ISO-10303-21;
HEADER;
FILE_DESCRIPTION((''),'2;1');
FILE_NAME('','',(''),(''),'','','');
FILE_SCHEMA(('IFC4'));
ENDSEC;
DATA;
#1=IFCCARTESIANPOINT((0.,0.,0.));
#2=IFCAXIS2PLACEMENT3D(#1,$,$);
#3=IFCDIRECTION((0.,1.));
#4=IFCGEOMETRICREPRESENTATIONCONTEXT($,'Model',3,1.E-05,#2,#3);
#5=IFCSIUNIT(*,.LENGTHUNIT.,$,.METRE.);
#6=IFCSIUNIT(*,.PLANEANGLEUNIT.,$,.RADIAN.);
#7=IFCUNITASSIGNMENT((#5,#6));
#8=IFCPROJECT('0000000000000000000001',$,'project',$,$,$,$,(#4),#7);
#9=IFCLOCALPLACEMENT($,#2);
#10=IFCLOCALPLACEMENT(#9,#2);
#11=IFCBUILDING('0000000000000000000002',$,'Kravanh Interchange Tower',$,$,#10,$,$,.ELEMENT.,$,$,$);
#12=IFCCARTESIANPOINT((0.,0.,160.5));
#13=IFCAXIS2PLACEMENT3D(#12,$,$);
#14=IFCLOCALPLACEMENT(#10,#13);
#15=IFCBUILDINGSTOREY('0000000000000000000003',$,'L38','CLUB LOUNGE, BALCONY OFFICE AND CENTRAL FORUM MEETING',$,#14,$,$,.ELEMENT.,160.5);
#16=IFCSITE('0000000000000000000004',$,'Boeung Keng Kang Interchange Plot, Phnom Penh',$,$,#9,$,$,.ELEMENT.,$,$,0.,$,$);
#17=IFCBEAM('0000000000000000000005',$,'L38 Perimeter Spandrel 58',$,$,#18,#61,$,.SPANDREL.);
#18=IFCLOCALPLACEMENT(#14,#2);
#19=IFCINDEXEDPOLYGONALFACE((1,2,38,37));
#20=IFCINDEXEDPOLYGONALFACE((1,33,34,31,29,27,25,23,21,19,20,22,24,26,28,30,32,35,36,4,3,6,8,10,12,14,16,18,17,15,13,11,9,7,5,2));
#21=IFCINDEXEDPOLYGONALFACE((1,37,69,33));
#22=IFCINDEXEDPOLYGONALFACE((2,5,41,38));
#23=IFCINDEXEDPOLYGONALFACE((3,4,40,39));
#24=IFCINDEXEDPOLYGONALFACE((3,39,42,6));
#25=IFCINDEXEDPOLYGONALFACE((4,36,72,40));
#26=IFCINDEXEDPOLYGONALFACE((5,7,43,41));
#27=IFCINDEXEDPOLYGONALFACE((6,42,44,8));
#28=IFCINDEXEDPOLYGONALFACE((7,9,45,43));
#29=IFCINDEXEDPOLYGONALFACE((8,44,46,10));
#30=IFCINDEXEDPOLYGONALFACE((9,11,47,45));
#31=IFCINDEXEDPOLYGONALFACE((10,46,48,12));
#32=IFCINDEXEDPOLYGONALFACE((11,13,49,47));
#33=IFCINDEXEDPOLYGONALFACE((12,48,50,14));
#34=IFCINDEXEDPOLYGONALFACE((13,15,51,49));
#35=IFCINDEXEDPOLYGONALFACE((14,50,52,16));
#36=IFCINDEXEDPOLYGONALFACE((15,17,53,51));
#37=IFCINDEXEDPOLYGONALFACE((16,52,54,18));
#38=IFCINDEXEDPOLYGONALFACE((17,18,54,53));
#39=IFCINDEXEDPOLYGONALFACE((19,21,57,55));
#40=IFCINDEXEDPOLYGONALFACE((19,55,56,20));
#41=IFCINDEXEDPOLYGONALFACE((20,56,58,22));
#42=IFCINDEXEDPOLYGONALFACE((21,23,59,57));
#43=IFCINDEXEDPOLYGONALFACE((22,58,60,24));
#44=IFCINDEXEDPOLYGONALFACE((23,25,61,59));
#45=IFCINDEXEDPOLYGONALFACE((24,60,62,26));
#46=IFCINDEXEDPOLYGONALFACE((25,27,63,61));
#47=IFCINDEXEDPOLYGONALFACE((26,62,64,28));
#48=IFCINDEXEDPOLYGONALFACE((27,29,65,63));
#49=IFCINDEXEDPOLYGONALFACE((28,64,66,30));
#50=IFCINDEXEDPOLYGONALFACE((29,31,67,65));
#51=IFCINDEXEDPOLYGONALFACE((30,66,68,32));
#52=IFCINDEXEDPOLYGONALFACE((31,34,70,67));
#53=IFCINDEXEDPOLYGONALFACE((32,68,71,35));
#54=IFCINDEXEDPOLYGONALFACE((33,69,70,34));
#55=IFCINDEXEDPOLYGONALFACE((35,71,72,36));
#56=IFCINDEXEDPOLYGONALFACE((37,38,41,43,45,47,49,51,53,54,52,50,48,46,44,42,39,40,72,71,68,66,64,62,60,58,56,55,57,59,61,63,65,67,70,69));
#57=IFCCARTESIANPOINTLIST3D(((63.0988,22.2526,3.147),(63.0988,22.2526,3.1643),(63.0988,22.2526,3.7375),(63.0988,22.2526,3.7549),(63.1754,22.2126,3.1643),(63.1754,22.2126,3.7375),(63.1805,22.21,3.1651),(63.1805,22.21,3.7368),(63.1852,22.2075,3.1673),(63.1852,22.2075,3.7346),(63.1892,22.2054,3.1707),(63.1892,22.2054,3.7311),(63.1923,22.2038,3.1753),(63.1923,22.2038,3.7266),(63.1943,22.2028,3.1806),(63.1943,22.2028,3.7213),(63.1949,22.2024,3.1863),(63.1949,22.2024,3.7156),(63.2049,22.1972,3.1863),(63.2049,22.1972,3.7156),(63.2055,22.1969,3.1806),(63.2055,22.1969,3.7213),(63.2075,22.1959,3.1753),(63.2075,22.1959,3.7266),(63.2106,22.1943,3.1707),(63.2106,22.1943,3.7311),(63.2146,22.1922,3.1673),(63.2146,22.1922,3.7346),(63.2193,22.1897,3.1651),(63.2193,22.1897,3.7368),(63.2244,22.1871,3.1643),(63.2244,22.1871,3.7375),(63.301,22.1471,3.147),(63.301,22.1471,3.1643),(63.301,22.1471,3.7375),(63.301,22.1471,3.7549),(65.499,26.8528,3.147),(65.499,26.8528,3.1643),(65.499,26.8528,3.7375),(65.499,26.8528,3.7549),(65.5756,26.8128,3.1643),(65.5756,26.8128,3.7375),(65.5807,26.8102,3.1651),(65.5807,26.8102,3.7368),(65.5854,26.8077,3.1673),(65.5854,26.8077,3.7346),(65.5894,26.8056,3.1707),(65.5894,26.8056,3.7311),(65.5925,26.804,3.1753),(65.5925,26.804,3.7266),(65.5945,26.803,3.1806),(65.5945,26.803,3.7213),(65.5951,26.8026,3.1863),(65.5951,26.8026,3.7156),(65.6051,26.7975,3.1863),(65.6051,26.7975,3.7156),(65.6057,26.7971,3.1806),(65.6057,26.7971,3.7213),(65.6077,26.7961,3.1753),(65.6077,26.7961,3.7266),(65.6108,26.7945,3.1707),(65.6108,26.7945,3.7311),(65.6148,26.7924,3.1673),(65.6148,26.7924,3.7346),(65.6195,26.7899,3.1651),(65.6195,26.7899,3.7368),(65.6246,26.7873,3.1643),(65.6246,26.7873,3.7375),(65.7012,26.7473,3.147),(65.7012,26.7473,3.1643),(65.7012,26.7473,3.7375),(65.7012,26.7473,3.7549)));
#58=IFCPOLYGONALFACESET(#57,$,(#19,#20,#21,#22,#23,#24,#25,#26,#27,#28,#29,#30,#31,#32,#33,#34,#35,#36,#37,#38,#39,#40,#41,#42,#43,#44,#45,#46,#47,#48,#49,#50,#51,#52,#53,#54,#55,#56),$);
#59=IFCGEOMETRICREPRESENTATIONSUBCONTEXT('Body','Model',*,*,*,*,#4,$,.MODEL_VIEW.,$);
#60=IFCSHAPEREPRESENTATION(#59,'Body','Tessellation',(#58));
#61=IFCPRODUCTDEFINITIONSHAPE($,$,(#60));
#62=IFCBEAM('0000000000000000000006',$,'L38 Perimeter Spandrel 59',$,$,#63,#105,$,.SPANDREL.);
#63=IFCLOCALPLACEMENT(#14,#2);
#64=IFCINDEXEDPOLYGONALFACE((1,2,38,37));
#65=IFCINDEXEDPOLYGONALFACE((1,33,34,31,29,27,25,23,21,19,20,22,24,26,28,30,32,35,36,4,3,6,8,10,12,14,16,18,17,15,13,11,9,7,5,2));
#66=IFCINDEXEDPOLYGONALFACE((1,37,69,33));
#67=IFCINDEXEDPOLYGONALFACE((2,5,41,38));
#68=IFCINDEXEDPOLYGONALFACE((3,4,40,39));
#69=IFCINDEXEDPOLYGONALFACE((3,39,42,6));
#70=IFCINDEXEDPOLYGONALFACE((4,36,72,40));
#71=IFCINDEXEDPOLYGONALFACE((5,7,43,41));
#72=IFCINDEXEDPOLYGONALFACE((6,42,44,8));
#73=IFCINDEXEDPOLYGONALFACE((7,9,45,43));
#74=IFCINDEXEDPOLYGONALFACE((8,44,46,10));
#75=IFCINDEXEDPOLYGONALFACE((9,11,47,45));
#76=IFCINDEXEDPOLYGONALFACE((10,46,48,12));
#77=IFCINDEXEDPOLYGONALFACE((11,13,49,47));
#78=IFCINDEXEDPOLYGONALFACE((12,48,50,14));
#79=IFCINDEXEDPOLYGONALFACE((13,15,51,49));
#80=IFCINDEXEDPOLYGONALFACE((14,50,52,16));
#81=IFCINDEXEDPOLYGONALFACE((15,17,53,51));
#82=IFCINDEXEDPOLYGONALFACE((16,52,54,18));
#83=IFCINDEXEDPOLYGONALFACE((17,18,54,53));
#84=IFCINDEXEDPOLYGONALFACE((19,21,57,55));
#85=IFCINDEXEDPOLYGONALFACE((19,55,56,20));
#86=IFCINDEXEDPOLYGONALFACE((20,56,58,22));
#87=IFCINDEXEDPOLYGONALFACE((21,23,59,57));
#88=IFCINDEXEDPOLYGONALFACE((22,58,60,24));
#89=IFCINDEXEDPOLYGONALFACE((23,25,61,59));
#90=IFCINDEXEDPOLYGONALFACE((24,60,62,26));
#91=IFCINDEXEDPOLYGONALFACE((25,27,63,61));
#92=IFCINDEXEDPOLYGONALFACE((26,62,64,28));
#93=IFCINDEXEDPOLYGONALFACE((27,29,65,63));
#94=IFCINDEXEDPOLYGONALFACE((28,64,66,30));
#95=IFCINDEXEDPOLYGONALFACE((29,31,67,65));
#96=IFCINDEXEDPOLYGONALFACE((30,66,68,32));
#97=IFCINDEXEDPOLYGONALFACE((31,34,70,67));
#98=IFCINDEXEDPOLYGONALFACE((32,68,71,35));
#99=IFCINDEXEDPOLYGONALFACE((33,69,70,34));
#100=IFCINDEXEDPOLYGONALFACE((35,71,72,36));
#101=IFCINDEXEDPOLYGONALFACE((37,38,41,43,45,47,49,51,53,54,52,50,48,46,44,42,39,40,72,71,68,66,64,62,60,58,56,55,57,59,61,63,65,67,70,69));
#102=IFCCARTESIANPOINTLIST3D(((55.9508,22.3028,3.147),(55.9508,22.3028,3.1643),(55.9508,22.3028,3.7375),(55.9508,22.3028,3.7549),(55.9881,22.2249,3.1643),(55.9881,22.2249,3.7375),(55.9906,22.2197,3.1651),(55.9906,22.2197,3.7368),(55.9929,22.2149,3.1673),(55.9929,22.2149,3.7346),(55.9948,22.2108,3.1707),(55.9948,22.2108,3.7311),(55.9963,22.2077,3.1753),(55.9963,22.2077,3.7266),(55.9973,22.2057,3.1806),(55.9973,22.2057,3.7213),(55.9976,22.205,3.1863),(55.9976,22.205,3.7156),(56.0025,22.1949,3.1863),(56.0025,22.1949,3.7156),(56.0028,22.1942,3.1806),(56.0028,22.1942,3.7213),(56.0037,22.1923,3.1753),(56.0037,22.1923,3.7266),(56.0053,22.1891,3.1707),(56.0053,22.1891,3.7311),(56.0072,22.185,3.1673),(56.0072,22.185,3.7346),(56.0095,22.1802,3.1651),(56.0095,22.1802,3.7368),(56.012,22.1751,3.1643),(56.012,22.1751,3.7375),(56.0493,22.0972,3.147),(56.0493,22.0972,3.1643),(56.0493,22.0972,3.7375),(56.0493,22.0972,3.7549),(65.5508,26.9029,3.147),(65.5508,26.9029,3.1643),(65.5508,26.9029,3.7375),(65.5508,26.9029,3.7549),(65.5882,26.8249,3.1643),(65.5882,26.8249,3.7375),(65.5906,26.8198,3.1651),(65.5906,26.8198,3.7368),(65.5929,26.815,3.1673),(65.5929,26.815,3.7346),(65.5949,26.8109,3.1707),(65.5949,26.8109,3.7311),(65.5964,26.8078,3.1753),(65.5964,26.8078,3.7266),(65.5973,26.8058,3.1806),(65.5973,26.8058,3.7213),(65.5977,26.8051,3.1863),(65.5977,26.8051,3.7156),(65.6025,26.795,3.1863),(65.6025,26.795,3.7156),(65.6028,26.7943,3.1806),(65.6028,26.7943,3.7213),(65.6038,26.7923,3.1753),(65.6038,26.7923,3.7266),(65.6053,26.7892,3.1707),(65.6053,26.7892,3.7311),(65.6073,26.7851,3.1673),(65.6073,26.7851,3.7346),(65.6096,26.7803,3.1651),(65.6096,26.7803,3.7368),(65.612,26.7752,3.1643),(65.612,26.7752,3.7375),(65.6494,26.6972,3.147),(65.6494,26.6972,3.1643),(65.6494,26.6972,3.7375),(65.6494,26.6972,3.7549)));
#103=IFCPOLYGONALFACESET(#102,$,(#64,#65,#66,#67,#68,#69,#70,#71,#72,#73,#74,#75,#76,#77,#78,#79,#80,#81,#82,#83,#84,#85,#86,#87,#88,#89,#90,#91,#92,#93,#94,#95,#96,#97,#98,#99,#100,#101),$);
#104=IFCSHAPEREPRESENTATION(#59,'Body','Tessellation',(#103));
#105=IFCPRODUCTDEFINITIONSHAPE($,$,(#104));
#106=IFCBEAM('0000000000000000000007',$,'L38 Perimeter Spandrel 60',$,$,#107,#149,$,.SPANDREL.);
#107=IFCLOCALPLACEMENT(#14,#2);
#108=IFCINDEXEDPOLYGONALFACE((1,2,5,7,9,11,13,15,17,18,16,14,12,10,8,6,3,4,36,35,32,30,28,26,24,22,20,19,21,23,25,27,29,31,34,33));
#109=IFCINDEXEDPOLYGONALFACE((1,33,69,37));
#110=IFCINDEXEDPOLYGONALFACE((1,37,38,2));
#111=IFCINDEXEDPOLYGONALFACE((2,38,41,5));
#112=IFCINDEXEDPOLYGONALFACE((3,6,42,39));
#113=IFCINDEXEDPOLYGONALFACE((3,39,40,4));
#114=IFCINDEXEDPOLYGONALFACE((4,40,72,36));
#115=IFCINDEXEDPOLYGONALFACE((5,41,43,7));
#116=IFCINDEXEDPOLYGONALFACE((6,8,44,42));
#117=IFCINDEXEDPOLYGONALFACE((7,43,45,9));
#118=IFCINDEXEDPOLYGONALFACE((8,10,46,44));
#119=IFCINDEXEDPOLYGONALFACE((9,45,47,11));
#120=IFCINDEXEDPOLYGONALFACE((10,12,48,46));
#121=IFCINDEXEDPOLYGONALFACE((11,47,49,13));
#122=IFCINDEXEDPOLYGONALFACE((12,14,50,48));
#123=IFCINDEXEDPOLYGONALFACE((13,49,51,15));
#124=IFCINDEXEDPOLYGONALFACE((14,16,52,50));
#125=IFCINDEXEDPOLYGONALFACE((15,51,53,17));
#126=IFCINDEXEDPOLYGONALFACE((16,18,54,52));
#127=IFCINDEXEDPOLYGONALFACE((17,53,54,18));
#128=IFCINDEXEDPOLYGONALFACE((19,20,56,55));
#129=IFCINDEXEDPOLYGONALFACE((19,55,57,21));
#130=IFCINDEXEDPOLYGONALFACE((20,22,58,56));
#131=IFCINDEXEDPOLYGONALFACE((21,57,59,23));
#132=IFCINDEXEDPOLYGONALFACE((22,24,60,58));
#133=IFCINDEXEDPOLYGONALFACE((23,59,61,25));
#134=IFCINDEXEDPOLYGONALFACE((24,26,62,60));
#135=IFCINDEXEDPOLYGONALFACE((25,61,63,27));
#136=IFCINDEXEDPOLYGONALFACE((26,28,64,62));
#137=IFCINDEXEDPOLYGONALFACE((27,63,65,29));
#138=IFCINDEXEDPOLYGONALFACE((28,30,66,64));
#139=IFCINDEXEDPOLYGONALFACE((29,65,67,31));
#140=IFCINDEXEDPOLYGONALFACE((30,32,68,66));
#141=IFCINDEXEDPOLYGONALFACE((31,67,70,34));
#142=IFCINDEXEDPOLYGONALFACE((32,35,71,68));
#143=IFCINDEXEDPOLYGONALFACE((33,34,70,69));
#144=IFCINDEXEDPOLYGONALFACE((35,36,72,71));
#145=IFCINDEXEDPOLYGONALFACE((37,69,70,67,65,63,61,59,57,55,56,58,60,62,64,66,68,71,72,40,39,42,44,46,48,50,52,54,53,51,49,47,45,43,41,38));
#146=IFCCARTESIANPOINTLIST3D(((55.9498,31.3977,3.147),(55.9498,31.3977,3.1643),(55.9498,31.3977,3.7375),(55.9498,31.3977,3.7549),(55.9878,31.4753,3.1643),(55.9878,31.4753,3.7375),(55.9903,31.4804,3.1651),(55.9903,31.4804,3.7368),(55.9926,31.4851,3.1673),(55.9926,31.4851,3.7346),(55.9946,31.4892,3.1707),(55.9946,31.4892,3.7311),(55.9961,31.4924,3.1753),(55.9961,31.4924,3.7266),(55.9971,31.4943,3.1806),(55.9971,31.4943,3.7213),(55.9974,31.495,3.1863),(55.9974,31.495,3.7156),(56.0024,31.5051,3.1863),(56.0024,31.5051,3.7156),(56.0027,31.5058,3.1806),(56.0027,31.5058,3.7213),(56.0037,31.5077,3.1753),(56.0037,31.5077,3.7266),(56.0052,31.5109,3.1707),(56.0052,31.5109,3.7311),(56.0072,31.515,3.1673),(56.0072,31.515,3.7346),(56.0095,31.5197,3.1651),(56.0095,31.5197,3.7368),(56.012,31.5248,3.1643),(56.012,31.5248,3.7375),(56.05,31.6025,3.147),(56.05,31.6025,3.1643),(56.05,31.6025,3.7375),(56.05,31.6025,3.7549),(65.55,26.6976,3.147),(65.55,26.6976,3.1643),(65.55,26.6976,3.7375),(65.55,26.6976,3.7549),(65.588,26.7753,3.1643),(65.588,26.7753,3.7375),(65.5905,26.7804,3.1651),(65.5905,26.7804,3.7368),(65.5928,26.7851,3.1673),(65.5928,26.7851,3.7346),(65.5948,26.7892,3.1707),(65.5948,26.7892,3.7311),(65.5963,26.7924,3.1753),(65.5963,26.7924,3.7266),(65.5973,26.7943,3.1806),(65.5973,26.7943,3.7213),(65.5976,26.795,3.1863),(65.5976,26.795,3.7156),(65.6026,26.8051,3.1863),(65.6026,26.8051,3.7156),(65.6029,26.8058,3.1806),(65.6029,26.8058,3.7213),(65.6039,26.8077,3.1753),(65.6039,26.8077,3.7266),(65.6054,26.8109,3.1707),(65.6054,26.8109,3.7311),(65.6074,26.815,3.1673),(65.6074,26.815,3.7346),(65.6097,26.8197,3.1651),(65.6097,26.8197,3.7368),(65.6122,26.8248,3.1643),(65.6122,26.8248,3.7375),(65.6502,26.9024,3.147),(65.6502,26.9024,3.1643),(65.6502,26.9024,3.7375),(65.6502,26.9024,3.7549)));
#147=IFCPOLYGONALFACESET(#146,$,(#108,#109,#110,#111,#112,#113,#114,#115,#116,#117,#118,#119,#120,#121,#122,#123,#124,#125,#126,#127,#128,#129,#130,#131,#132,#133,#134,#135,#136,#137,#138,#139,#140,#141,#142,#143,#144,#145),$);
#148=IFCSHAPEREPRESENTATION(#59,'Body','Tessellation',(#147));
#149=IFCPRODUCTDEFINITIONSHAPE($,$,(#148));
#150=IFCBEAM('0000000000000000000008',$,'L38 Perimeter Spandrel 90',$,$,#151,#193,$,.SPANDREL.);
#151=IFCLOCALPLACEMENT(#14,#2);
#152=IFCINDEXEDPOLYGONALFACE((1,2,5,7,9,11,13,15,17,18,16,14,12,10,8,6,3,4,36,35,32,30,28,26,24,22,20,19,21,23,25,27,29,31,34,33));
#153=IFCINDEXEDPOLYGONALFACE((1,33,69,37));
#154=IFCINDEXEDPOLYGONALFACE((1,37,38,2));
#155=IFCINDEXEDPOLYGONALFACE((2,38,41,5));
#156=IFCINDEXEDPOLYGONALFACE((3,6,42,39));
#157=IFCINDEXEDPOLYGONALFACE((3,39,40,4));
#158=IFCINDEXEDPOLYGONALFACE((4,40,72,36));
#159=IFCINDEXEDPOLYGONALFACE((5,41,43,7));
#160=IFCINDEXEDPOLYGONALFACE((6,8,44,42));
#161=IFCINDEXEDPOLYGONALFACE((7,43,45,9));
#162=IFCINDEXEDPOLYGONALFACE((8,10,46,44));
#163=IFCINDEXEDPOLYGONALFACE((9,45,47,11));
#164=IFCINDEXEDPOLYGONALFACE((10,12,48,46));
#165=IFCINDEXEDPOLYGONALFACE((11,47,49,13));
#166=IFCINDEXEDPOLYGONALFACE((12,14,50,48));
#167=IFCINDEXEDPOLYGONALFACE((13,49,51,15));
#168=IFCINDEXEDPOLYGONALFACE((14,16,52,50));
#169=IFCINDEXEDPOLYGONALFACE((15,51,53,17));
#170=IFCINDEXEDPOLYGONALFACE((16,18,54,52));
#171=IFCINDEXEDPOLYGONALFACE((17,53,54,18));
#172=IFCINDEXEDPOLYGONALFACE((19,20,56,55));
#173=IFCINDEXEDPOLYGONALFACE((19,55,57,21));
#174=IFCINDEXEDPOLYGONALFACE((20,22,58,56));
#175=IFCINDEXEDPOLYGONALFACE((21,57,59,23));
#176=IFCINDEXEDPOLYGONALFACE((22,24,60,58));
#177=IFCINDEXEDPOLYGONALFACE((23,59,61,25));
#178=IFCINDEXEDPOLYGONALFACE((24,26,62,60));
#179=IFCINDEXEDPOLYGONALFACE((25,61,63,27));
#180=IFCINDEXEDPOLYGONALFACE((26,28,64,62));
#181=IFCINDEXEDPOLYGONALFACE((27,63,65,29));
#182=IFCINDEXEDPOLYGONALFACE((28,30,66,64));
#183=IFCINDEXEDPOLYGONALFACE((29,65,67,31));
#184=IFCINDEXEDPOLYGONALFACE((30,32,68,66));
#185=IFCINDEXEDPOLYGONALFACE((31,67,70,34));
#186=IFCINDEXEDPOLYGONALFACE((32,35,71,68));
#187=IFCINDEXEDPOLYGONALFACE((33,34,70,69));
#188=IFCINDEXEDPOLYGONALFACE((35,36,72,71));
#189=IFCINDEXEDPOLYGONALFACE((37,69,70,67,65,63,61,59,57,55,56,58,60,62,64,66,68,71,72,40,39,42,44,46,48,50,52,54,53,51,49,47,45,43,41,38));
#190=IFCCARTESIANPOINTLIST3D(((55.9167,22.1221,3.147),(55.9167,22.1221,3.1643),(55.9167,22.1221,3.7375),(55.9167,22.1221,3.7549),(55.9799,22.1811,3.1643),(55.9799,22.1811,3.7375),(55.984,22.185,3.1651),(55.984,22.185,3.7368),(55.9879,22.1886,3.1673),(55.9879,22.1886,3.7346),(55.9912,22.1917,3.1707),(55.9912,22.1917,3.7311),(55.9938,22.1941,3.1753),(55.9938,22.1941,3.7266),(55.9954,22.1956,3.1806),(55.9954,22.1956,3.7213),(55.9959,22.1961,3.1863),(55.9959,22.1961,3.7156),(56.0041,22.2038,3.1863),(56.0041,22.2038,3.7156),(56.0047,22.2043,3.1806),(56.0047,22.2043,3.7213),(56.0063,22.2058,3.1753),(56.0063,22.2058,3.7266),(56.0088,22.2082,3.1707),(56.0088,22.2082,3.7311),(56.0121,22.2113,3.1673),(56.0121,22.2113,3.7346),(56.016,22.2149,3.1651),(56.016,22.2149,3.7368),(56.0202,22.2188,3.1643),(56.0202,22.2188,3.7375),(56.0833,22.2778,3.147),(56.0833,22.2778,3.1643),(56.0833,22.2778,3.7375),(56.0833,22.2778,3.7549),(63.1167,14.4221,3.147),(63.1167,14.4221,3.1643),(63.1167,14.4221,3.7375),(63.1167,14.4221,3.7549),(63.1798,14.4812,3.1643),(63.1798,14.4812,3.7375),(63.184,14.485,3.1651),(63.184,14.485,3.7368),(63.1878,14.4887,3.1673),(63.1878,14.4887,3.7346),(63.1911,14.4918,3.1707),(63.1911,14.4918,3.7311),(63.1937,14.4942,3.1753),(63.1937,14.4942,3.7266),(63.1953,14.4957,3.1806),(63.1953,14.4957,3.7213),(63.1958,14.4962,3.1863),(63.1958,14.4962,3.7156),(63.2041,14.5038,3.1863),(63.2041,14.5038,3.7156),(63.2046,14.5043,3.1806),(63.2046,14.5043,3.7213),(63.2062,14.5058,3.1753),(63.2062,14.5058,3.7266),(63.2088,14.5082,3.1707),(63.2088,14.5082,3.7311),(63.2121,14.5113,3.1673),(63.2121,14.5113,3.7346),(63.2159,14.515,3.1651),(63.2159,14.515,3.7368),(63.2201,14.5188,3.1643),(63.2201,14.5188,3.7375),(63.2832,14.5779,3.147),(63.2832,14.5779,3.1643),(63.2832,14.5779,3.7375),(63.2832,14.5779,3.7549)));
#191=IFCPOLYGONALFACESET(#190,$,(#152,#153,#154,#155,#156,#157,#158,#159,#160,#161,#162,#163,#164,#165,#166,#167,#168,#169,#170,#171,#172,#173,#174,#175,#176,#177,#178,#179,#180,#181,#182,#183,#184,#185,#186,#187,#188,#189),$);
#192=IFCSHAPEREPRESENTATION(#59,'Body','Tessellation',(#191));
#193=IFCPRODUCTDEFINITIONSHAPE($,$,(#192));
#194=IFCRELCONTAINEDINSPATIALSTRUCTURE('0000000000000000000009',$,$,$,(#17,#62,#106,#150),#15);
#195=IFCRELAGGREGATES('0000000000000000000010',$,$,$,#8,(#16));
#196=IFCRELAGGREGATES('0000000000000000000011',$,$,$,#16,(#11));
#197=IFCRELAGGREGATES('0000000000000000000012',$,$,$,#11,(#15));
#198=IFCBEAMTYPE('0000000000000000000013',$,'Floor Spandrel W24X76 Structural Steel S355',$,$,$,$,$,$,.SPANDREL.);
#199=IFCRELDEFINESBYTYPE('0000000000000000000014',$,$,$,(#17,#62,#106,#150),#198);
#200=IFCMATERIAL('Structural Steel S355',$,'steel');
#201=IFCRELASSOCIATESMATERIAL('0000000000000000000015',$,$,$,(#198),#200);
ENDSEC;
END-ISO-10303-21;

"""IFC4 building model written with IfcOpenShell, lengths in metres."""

from ifc_helpers import new_model, si_unit, direction, frame, origin, origin_2d, place, context, subcontext, project, spatial, i_section, extrude, material, material_profile, profile_set, type_object, element, save


model = new_model("IFC4")

# Units and contexts
model_context = context("Model", 3, precision=1e-05, world=origin(), true_north=direction((0.0, 1.0)))
body_context = subcontext(model_context, "Body", "Model", "MODEL_VIEW")
ifc_project = project(units=[si_unit("LENGTHUNIT", "METRE"), si_unit("PLANEANGLEUNIT", "RADIAN")], contexts=[model_context])

# Site, building, storey
site_placement = place(None, origin())
site = spatial("IfcSite", under=ifc_project, at=site_placement, Name="Boeung Keng Kang Interchange Plot, Phnom Penh", CompositionType="ELEMENT", RefElevation=0.0)
building_placement = place(site_placement, origin())
building = spatial("IfcBuilding", under=site, at=building_placement, Name="Kravanh Interchange Tower", CompositionType="ELEMENT")
storey_placement = place(building_placement, frame((0.0, 0.0, 160.5)))
storey = spatial("IfcBuildingStorey", under=building, at=storey_placement, Name="L38", Description="CLUB LOUNGE, BALCONY OFFICE AND CENTRAL FORUM MEETING", CompositionType="ELEMENT", Elevation=160.5)

# Beams
ifc_material_1 = material(Name="Structural Steel S355", Category="steel")
ifc_material_profile_1 = material_profile(ifc_material_1, i_section(OverallWidth=0.228, OverallDepth=0.6079, WebThickness=0.0112, FlangeThickness=0.0173, FilletRadius=0.022, at=origin_2d()), Name="W24X76")
ifc_profile_set_1 = profile_set([ifc_material_profile_1], Name="Structural Steel S355")
beam_type_1 = type_object("IfcBeamType", Name="Floor Spandrel W24X76 Structural Steel S355", PredefinedType="SPANDREL", material=ifc_profile_set_1)
beam_1_placement = place(storey_placement, frame((65.6001, 26.8, 3.4509), z_axis=(-0.46258, -0.886577, 0.0), x_axis=(0.886577, -0.46258, 0.0)))
element("IfcBeam", 1, at=beam_1_placement, inside=storey, type_object=beam_type_1, Name="L38 Perimeter Spandrel 58", PredefinedType="SPANDREL", context=body_context, shape_type="SweptSolid", body=[
    extrude(i_section(OverallWidth=0.228, OverallDepth=0.6079, WebThickness=0.0112, FlangeThickness=0.0173, FilletRadius=0.022, at=origin_2d()), origin(), (0.0, 0.0, 1.0), 5.1887),
])
beam_2_placement = place(storey_placement, frame((65.6001, 26.8, 3.4509), z_axis=(-0.901814, -0.432124, 0.0), x_axis=(0.432124, -0.901814, 0.0)))
element("IfcBeam", 2, at=beam_2_placement, inside=storey, type_object=beam_type_1, Name="L38 Perimeter Spandrel 59", PredefinedType="SPANDREL", context=body_context, shape_type="SweptSolid", body=[
    extrude(i_section(OverallWidth=0.228, OverallDepth=0.6079, WebThickness=0.0112, FlangeThickness=0.0173, FilletRadius=0.022, at=origin_2d()), origin(), (0.0, 0.0, 1.0), 10.6453),
])
beam_3_placement = place(storey_placement, frame((65.6001, 26.8, 3.4509), z_axis=(-0.898142, 0.439706, 0.0), x_axis=(-0.439706, -0.898142, 0.0)))
element("IfcBeam", 3, at=beam_3_placement, inside=storey, type_object=beam_type_1, Name="L38 Perimeter Spandrel 60", PredefinedType="SPANDREL", context=body_context, shape_type="SweptSolid", body=[
    extrude(i_section(OverallWidth=0.228, OverallDepth=0.6079, WebThickness=0.0112, FlangeThickness=0.0173, FilletRadius=0.022, at=origin_2d()), origin(), (0.0, 0.0, 1.0), 10.689),
])
beam_4_placement = place(storey_placement, frame((63.2, 14.5, 3.4509), z_axis=(-0.682994, 0.730424, 0.0), x_axis=(-0.730424, -0.682994, 0.0)))
element("IfcBeam", 4, at=beam_4_placement, inside=storey, type_object=beam_type_1, Name="L38 Perimeter Spandrel 90", PredefinedType="SPANDREL", context=body_context, shape_type="SweptSolid", body=[
    extrude(i_section(OverallWidth=0.228, OverallDepth=0.6079, WebThickness=0.0112, FlangeThickness=0.0173, FilletRadius=0.022, at=origin_2d()), origin(), (0.0, 0.0, 1.0), 10.5417),
])

save(model, "model.ifc")
